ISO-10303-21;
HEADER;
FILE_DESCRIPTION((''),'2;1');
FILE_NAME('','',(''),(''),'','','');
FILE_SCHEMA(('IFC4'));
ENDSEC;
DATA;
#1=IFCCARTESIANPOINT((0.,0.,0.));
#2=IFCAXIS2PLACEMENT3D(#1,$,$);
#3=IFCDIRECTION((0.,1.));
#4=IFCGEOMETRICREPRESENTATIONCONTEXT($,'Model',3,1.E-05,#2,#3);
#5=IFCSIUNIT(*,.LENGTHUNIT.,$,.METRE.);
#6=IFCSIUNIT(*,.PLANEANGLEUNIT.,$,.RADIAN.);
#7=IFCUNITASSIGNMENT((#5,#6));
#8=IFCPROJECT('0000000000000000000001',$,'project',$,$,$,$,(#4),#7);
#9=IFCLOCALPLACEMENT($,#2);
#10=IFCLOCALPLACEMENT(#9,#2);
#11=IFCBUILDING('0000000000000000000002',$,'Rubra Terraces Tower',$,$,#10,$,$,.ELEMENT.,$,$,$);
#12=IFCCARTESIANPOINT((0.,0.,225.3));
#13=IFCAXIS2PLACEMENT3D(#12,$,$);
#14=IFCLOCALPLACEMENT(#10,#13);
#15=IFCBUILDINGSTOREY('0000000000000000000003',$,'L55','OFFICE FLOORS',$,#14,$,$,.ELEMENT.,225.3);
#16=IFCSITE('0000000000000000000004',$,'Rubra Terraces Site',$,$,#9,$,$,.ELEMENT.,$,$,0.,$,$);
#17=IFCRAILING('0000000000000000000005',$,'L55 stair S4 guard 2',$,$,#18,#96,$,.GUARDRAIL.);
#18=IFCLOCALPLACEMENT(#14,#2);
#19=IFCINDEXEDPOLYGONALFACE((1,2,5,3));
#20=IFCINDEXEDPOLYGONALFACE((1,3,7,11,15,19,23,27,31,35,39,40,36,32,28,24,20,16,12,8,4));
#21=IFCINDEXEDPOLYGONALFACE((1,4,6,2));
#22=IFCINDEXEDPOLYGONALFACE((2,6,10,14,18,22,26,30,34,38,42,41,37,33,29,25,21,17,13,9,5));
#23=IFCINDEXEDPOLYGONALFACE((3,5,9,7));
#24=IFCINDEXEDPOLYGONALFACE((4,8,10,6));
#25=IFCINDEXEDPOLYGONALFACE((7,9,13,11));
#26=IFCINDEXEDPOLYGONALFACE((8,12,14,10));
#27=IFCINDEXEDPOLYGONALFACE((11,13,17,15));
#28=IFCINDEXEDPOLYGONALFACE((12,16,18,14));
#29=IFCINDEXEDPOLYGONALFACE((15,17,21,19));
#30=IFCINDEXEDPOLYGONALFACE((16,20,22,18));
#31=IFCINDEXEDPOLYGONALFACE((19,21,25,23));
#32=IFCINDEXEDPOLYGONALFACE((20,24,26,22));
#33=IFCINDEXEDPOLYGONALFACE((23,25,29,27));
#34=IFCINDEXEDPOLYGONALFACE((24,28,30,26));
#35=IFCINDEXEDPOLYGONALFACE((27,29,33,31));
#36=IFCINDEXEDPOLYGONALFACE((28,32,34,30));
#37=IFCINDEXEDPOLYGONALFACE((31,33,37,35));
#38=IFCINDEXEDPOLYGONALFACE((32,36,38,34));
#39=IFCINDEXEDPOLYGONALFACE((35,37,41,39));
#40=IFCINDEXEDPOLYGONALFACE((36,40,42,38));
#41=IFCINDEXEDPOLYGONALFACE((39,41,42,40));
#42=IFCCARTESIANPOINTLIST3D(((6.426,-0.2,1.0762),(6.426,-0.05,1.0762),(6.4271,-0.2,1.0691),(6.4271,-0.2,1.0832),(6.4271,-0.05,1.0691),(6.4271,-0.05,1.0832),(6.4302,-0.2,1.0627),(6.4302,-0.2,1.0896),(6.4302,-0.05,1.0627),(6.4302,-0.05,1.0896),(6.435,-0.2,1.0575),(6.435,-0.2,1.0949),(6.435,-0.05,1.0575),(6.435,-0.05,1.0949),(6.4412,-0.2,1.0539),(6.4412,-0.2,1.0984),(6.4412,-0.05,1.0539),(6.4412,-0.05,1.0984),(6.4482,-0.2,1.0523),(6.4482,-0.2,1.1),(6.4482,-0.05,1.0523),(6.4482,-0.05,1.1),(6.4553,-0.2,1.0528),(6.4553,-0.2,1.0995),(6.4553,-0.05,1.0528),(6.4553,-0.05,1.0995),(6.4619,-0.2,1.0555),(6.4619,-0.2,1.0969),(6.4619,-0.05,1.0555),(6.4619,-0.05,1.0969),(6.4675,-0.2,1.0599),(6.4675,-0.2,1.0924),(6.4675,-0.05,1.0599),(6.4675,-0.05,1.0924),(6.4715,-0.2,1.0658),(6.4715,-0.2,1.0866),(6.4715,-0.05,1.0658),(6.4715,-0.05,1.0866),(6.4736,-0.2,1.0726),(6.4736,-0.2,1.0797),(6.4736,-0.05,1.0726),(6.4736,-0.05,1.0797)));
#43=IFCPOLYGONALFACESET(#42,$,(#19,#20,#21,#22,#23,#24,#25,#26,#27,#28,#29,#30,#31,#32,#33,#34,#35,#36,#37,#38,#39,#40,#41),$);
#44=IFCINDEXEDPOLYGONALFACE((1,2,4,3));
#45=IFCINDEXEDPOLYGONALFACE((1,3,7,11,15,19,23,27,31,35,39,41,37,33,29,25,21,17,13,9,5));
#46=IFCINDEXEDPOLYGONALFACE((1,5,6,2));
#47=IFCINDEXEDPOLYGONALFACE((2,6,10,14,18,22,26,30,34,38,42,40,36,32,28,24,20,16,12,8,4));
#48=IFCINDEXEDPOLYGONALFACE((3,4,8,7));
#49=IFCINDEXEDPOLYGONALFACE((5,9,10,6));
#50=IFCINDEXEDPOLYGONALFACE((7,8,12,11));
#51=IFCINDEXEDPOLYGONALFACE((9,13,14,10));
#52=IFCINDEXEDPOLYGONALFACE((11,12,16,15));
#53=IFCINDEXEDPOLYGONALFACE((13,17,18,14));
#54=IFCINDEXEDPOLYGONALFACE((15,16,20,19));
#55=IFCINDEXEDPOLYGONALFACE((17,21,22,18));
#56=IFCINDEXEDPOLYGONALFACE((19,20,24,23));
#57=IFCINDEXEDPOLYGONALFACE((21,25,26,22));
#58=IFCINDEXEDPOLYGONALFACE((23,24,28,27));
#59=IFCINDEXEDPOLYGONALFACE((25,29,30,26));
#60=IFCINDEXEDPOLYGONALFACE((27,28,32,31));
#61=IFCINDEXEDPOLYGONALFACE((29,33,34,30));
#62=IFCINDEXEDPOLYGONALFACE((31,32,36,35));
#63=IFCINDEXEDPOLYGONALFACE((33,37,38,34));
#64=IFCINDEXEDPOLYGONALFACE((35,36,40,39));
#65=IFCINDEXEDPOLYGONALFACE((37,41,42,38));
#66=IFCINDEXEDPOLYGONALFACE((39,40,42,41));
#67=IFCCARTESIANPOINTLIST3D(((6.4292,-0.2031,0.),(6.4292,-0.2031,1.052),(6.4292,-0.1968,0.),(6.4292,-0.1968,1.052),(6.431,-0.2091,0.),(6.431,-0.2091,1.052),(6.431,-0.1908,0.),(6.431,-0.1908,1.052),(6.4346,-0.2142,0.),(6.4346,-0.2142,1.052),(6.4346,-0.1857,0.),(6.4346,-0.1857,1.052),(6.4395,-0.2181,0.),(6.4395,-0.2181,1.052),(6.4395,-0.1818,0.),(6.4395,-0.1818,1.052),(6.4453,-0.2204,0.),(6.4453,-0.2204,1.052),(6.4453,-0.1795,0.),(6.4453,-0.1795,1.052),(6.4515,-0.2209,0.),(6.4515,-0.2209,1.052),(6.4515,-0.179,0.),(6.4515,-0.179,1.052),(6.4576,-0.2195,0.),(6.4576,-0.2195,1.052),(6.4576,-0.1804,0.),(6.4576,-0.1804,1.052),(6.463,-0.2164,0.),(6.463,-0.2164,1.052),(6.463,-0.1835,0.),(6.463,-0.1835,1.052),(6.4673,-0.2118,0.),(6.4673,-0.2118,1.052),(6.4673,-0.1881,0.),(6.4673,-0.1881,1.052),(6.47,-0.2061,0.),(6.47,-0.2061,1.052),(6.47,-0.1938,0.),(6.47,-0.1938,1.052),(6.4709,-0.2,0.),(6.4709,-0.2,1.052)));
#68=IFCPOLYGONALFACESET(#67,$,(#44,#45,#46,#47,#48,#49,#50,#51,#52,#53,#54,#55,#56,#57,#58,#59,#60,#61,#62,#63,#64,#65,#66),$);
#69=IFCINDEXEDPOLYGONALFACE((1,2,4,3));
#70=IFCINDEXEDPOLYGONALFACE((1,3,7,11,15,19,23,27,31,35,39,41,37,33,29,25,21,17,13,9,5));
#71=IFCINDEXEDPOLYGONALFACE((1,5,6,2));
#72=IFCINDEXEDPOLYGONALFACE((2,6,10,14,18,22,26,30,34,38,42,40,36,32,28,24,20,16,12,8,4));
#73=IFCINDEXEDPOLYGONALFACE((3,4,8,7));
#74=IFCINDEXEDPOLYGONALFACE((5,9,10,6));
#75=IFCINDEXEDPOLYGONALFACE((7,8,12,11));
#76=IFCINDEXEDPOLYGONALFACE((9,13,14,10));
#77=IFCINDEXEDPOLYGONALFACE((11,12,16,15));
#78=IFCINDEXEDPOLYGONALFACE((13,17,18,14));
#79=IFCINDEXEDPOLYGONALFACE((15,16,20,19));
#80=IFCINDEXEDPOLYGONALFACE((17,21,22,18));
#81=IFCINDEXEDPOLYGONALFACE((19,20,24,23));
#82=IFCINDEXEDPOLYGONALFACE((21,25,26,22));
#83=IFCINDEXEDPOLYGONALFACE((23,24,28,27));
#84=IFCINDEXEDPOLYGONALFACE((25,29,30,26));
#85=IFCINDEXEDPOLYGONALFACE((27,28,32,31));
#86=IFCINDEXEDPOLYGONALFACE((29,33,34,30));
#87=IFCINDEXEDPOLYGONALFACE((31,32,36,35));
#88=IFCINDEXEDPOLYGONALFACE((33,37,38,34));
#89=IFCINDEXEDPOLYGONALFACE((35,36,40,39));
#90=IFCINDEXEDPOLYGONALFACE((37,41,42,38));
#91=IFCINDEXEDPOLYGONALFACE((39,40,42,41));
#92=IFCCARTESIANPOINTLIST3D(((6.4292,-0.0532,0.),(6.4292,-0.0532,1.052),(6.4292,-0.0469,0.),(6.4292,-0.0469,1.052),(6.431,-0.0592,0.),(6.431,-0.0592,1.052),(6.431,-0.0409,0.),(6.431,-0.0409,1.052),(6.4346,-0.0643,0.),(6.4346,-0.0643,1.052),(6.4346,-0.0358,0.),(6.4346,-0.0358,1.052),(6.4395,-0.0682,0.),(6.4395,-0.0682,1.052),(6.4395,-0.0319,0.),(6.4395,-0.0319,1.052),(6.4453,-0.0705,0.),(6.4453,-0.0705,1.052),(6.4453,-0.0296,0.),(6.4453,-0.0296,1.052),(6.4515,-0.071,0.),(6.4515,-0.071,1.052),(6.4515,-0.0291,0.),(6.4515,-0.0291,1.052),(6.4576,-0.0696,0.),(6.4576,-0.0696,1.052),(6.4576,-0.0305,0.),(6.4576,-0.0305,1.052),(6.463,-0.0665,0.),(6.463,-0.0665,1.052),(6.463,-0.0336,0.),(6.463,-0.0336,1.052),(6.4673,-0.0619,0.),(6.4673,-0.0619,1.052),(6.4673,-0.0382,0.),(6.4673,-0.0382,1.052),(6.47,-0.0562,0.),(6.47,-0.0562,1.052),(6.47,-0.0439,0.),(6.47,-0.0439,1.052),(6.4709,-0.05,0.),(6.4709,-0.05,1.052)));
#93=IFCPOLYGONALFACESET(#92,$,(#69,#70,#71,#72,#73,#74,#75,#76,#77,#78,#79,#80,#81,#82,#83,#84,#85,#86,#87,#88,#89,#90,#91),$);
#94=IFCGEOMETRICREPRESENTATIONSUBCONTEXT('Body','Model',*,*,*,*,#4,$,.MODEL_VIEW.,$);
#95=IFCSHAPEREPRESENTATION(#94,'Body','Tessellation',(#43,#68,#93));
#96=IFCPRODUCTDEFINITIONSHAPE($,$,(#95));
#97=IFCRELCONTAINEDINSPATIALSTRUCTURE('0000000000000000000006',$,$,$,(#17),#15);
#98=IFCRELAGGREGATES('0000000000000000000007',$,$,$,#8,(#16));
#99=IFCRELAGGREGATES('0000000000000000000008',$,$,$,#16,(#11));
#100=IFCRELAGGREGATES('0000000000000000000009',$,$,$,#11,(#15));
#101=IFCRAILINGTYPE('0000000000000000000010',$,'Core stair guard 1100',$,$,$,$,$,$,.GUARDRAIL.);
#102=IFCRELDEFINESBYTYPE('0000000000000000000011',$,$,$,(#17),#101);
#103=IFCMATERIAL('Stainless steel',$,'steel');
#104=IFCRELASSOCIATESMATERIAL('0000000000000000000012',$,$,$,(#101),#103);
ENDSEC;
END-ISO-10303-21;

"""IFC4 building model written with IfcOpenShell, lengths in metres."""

from ifc_helpers import new_model, si_unit, direction, frame, origin, origin_2d, place, context, subcontext, project, spatial, circle, extrude, material, type_object, element, save


model = new_model("IFC4")

# Units and contexts
model_context = context("Model", 3, precision=1e-05, world=origin(), true_north=direction((0.0, 1.0)))
body_context = subcontext(model_context, "Body", "Model", "MODEL_VIEW")
ifc_project = project(units=[si_unit("LENGTHUNIT", "METRE"), si_unit("PLANEANGLEUNIT", "RADIAN")], contexts=[model_context])

# Site, building, storey
site_placement = place(None, origin())
site = spatial("IfcSite", under=ifc_project, at=site_placement, Name="Rubra Terraces Site", CompositionType="ELEMENT", RefElevation=0.0)
building_placement = place(site_placement, origin())
building = spatial("IfcBuilding", under=site, at=building_placement, Name="Rubra Terraces Tower", CompositionType="ELEMENT")
storey_placement = place(building_placement, frame((0.0, 0.0, 225.3)))
storey = spatial("IfcBuildingStorey", under=building, at=storey_placement, Name="L55", Description="OFFICE FLOORS", CompositionType="ELEMENT", Elevation=225.3)

# Railing
ifc_material_1 = material(Name="Stainless steel", Category="steel")
railing_type_1 = type_object("IfcRailingType", Name="Core stair guard 1100", PredefinedType="GUARDRAIL", material=ifc_material_1)
railing_1_placement = place(storey_placement, frame((6.45, -0.2, 0.0)))
element("IfcRailing", 1, at=railing_1_placement, inside=storey, type_object=railing_type_1, Name="L55 stair S4 guard 2", PredefinedType="GUARDRAIL", context=body_context, shape_type="SweptSolid", body=[
    extrude(circle(Radius=0.0239, at=origin_2d()), frame((0.0, 0.0, 1.0762), z_axis=(0.0, 1.0, 0.0), x_axis=(-1.0, 0.0, 0.0)), (0.0, 0.0, 1.0), 0.1499),
    extrude(circle(Radius=0.021, at=origin_2d()), origin(), (0.0, 0.0, 1.0), 1.052),
    extrude(circle(Radius=0.021, at=origin_2d()), frame((0.0, 0.1499, 0.0)), (0.0, 0.0, 1.0), 1.052),
])

save(model, "model.ifc")
